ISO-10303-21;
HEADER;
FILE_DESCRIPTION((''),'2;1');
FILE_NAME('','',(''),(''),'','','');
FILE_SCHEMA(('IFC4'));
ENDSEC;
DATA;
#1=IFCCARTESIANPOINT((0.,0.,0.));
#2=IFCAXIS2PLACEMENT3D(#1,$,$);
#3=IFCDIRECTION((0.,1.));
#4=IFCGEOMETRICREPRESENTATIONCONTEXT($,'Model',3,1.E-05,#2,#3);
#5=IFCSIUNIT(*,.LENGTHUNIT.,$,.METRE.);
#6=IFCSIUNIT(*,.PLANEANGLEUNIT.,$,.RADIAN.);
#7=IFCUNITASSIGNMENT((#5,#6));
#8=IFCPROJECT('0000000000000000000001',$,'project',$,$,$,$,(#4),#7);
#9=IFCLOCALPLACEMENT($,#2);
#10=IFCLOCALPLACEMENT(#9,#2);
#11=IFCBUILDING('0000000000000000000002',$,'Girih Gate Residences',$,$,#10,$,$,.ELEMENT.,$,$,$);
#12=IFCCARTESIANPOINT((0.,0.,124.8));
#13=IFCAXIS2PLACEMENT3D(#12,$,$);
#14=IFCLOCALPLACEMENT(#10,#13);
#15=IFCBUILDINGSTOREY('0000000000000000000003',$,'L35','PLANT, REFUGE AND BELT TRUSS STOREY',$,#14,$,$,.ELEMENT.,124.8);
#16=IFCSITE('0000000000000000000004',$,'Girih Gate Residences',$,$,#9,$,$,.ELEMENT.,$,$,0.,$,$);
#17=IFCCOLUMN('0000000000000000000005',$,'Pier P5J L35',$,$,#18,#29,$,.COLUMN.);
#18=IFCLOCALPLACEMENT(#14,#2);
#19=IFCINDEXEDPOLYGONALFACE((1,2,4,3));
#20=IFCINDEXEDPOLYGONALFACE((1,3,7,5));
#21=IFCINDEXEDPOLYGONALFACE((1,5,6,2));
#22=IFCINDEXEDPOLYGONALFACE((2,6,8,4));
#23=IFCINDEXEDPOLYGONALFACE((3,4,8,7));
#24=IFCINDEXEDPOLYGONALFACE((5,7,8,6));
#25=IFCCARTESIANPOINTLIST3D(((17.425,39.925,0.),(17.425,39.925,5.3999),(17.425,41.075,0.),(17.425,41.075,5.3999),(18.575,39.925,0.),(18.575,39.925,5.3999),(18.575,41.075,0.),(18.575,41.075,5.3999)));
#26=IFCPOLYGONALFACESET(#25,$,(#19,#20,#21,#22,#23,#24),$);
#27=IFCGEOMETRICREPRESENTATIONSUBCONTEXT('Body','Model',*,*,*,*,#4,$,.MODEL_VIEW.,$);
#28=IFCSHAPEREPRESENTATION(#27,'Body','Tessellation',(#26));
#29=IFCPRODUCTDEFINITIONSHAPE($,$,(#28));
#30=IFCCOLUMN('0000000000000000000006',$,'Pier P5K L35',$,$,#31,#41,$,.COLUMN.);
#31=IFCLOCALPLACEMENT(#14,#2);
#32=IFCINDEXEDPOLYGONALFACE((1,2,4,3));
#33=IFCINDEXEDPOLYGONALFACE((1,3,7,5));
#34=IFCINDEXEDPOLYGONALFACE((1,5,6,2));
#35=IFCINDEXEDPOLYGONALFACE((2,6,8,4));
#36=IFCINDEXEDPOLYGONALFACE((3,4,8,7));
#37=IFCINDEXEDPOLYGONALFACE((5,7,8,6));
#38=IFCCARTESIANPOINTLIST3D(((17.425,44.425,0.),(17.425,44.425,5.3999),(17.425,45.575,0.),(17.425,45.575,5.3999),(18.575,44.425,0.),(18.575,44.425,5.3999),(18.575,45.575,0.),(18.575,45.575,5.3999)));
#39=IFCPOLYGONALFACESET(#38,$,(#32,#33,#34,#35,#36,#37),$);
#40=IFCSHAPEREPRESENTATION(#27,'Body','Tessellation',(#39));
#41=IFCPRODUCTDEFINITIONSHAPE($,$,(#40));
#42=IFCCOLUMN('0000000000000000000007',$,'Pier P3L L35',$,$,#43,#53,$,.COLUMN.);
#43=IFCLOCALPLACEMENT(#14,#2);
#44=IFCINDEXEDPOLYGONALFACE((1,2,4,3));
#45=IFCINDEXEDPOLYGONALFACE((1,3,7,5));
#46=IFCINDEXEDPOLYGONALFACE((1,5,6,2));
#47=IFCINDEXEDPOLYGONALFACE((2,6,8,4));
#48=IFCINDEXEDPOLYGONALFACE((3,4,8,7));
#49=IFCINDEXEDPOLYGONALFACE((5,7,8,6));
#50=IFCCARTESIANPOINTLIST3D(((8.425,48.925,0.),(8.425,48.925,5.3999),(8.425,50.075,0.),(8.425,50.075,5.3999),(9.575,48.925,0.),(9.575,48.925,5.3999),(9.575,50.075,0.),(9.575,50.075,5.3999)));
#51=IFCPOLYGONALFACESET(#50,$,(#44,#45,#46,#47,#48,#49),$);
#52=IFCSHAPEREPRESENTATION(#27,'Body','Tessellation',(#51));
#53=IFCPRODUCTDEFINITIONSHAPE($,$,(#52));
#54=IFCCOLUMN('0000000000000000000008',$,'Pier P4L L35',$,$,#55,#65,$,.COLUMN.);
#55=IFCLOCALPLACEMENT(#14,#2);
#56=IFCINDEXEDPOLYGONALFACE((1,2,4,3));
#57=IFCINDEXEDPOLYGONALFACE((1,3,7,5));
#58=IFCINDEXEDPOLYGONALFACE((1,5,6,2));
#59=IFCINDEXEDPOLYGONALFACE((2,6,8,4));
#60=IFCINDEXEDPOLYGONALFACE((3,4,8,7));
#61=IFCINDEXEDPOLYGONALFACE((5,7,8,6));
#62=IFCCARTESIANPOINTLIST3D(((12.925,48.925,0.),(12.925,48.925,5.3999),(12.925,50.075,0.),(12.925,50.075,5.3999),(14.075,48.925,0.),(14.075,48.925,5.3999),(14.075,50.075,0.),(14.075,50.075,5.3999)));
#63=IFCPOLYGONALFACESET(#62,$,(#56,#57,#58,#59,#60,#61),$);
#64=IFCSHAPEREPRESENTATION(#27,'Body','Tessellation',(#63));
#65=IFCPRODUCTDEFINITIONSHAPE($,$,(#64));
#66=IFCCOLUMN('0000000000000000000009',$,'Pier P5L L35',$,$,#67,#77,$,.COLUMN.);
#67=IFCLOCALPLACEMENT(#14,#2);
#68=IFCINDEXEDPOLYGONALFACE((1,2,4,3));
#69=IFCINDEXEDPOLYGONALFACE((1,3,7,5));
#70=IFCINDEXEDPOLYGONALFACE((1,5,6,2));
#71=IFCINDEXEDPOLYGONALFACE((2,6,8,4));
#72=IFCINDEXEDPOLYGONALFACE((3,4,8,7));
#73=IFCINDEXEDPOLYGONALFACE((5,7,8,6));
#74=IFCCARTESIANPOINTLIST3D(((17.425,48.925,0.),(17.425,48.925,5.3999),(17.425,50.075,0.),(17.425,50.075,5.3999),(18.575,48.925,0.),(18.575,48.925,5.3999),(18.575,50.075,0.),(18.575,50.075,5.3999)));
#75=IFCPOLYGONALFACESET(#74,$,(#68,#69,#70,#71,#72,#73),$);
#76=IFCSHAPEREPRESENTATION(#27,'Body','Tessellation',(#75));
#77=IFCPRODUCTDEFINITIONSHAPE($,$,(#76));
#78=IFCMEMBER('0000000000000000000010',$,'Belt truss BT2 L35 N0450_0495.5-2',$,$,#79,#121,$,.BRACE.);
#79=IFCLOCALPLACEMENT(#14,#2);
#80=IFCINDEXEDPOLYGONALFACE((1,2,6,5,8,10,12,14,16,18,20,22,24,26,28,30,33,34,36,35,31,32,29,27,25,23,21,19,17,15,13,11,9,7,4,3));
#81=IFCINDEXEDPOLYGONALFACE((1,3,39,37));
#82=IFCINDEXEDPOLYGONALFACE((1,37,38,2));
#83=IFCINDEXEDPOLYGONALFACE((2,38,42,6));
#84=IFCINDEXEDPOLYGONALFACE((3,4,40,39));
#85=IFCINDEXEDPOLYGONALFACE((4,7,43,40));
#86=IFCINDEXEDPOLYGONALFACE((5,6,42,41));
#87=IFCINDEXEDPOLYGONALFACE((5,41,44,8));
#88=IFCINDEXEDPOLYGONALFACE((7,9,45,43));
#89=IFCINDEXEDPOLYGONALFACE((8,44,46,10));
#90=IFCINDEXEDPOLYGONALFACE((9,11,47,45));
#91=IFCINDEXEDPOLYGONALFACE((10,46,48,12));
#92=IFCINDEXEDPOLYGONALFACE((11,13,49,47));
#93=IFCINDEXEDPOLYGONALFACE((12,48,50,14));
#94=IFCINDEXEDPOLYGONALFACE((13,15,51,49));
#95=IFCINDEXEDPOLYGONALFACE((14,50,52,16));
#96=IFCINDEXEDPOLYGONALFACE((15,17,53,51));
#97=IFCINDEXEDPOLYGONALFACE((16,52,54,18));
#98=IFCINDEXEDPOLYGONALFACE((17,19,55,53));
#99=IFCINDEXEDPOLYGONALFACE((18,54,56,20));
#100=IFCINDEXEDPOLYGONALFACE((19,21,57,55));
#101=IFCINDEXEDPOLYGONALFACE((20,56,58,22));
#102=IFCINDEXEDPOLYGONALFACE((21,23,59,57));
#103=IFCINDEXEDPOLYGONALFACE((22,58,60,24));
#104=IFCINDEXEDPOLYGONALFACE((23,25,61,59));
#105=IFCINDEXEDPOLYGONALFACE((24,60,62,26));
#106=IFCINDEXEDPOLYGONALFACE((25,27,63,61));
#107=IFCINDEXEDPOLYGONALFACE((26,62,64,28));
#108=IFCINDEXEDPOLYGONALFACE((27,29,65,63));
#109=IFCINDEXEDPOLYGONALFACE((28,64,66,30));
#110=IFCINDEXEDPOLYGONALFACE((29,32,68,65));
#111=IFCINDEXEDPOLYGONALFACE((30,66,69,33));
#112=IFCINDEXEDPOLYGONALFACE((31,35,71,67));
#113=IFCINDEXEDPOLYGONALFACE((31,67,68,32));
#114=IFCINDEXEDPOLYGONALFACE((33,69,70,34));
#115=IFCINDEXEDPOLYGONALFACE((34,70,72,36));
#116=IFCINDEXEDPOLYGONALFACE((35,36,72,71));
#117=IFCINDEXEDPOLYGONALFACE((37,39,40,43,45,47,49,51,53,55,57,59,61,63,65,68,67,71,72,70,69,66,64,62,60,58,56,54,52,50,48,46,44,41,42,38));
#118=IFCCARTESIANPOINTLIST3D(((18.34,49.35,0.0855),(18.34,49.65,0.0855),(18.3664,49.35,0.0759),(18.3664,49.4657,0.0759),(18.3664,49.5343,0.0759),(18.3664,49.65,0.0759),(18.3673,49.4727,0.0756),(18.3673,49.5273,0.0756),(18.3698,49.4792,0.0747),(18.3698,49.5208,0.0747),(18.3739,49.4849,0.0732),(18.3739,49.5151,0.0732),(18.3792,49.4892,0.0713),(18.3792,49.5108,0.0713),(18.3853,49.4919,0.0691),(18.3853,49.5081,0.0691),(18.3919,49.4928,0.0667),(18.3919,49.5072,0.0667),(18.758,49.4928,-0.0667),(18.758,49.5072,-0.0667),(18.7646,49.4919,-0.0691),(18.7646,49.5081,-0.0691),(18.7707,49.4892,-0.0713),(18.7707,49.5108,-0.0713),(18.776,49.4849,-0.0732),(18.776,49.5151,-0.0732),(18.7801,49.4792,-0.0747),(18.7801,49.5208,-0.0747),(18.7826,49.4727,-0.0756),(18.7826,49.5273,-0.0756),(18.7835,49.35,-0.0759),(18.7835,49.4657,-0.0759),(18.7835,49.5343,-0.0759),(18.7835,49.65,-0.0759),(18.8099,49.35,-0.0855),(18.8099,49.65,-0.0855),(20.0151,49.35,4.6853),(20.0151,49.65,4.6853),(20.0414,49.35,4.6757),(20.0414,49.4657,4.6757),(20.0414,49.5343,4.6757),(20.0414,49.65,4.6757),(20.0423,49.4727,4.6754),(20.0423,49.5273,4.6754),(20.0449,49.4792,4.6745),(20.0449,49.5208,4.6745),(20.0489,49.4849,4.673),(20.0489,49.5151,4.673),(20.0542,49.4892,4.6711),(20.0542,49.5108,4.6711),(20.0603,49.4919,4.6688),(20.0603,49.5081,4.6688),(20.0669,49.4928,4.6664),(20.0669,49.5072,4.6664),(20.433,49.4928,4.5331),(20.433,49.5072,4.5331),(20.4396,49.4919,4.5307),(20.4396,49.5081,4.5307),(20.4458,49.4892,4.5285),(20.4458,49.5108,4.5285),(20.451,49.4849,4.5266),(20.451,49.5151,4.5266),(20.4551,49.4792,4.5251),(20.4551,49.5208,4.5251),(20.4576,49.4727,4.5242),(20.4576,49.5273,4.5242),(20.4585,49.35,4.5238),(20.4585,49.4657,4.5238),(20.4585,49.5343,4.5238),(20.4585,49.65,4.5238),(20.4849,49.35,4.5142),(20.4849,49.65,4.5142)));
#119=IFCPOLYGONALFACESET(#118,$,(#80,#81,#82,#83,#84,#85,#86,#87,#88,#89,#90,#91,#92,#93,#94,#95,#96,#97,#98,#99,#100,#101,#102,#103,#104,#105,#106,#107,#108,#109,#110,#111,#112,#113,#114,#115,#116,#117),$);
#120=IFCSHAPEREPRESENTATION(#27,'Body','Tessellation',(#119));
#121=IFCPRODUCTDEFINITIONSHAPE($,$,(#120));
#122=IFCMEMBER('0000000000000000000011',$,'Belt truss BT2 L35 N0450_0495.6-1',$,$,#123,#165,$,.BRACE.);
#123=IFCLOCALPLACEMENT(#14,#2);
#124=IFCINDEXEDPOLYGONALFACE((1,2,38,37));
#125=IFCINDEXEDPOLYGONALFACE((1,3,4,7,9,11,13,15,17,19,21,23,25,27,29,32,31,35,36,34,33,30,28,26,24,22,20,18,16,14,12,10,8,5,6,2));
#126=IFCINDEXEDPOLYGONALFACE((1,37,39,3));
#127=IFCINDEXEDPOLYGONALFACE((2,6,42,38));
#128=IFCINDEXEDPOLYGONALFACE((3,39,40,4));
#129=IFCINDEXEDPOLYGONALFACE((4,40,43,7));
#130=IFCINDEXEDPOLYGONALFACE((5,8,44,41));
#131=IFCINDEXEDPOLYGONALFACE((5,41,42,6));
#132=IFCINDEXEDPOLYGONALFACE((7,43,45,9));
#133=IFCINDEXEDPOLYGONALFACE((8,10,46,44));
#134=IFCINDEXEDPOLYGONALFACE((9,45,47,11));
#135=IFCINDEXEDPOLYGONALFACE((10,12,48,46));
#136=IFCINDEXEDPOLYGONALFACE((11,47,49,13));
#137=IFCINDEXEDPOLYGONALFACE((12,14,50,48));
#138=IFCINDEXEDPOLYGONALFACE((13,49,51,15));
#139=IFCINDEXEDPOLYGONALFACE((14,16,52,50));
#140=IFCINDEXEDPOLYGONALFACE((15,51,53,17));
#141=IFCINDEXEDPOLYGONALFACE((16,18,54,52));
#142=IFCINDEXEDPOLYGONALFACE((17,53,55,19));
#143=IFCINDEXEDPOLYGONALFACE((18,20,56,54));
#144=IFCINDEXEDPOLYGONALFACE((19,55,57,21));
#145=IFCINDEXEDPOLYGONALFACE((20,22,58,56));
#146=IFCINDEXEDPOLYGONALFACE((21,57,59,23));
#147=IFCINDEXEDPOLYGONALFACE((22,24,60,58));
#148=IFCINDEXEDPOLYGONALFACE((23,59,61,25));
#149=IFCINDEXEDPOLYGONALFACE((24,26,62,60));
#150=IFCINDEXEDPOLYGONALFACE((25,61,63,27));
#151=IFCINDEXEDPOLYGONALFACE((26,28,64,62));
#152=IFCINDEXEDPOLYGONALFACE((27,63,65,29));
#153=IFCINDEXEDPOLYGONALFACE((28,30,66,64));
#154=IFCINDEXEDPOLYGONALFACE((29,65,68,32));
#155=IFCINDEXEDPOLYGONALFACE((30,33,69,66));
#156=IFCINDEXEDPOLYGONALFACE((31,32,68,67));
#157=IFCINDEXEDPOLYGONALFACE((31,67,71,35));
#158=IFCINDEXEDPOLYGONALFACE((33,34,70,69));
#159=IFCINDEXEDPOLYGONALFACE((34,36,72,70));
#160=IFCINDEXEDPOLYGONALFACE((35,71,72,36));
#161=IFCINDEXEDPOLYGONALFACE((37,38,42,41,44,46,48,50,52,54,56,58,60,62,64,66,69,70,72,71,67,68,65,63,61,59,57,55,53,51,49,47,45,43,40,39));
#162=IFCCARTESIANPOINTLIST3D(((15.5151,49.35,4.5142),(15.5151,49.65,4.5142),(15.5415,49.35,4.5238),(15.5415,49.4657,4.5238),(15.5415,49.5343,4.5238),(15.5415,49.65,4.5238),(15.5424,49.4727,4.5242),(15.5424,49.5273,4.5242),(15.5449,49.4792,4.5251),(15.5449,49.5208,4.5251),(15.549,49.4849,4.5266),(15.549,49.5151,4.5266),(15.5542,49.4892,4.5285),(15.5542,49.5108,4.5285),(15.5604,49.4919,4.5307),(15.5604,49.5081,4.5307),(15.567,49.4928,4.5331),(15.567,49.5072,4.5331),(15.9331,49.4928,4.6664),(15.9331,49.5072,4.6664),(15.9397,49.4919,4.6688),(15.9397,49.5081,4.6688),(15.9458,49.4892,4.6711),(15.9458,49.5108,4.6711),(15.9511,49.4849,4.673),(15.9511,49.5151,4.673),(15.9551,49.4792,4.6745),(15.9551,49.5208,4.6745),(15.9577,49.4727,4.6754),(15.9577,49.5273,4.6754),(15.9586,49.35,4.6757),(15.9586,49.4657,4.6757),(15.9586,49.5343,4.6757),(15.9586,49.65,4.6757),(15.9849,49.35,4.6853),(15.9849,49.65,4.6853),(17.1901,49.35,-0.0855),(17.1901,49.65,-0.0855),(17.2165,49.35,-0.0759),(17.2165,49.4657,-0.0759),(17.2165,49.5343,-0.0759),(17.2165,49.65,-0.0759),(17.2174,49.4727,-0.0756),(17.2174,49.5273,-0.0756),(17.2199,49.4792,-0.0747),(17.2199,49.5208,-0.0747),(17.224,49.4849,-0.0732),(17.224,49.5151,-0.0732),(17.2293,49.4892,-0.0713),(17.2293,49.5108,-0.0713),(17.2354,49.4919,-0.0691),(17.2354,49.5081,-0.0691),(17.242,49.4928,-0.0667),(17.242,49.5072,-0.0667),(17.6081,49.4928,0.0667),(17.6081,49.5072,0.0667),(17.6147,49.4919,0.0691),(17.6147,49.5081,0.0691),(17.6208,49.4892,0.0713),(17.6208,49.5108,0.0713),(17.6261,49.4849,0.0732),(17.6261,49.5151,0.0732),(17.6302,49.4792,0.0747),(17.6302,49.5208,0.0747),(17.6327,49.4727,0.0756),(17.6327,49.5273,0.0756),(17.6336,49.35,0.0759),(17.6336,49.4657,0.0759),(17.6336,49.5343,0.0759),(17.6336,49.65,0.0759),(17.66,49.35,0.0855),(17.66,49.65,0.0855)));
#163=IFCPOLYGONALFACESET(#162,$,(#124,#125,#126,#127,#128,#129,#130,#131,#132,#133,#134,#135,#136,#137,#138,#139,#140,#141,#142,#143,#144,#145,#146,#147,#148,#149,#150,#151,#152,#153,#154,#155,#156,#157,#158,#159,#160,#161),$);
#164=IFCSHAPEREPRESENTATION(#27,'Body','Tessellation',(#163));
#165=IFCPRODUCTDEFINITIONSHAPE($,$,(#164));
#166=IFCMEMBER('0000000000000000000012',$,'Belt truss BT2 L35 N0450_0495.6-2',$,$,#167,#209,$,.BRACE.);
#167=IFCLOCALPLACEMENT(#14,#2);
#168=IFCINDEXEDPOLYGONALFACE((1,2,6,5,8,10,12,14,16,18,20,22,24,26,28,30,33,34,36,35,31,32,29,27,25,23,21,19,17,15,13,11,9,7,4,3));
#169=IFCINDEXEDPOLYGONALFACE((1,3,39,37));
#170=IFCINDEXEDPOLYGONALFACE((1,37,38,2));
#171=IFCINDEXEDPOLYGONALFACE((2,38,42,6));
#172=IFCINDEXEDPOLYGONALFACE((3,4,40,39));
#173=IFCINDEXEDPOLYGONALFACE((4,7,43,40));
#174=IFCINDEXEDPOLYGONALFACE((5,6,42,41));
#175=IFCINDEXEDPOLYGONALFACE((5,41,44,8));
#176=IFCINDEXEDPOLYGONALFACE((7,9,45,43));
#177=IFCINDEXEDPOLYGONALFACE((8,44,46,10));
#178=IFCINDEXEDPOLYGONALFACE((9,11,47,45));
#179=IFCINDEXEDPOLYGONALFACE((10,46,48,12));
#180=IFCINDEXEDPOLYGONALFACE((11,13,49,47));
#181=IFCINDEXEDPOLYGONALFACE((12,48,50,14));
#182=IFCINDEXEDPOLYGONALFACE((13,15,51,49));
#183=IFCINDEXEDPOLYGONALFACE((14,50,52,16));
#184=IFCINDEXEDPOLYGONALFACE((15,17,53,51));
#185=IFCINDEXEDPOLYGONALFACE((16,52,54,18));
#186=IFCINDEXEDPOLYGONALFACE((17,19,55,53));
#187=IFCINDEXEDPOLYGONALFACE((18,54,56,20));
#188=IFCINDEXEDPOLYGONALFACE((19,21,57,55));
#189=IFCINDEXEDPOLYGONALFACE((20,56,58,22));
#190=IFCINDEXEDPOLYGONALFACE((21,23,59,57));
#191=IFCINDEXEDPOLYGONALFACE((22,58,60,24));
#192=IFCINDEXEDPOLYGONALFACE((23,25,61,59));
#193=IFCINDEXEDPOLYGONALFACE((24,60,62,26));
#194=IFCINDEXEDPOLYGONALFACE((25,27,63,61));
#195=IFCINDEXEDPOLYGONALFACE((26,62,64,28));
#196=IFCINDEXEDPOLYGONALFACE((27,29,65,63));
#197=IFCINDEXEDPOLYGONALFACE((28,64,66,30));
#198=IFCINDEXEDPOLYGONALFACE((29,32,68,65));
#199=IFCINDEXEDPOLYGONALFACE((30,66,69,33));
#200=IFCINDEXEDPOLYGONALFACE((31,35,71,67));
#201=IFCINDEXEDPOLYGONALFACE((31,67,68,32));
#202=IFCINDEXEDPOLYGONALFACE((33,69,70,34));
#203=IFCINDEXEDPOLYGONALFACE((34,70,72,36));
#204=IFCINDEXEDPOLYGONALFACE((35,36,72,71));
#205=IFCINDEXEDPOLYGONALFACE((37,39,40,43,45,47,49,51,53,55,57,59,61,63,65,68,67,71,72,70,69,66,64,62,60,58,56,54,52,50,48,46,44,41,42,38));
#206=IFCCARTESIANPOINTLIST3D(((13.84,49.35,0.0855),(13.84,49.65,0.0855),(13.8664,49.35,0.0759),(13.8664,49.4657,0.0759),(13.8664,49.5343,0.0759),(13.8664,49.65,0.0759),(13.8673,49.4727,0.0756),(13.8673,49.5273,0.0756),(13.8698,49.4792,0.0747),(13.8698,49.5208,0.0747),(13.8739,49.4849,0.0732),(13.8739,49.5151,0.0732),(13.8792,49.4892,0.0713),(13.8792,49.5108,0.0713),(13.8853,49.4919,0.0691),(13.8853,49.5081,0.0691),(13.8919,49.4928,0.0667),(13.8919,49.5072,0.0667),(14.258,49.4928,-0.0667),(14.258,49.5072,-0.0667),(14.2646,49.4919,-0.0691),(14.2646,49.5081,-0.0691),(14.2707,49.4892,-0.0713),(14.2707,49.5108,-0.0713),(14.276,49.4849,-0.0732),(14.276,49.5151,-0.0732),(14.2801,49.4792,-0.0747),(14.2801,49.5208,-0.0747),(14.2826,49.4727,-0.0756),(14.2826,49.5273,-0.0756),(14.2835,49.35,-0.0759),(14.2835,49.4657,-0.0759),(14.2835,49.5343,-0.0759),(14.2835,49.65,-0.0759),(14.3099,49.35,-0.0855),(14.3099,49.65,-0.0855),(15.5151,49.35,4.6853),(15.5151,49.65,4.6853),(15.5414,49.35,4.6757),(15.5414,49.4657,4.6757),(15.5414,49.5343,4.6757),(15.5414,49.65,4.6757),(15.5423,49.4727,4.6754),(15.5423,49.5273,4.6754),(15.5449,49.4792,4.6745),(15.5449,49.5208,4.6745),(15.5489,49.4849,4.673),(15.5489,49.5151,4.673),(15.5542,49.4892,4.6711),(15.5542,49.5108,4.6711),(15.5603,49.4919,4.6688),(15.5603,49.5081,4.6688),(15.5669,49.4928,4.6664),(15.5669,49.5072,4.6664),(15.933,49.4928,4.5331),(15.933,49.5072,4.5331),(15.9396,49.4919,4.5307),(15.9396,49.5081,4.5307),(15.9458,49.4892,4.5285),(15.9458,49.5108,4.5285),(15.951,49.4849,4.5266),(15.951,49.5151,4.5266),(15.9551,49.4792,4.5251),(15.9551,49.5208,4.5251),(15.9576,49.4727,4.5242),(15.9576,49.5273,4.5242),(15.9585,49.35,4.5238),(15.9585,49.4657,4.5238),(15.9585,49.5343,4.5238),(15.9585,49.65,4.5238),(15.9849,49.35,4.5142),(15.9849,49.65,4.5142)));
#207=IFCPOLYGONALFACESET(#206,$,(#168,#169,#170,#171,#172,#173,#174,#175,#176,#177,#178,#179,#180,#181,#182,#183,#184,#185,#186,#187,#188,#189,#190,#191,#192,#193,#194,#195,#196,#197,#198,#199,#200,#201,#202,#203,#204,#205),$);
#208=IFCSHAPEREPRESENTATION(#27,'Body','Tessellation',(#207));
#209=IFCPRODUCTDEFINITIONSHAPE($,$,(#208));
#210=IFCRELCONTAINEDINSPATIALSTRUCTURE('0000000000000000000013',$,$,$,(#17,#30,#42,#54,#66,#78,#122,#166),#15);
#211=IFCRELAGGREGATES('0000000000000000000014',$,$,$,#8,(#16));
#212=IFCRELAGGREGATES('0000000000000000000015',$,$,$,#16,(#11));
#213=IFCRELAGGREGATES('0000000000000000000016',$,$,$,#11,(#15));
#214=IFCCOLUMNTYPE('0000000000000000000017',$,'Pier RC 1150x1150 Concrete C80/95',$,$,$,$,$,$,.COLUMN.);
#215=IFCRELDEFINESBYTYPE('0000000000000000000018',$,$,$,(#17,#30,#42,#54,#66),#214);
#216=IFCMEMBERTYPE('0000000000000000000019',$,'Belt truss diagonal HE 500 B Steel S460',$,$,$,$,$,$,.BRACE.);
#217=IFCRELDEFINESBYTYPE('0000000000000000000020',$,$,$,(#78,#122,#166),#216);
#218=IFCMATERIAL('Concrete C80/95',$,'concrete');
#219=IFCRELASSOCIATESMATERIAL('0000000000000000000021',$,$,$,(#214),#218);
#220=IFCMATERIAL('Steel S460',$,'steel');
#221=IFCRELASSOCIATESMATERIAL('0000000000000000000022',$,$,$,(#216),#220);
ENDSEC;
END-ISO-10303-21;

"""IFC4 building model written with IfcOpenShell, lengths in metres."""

from ifc_helpers import new_model, si_unit, direction, frame, origin, origin_2d, place, context, subcontext, project, spatial, rectangle, i_section, extrude, material, material_profile, profile_set, type_object, element, save


model = new_model("IFC4")

# Units and contexts
model_context = context("Model", 3, precision=1e-05, world=origin(), true_north=direction((0.0, 1.0)))
body_context = subcontext(model_context, "Body", "Model", "MODEL_VIEW")
ifc_project = project(units=[si_unit("LENGTHUNIT", "METRE"), si_unit("PLANEANGLEUNIT", "RADIAN")], contexts=[model_context])

# Site, building, storey
site_placement = place(None, origin())
site = spatial("IfcSite", under=ifc_project, at=site_placement, Name="Girih Gate Residences", CompositionType="ELEMENT", RefElevation=0.0)
building_placement = place(site_placement, origin())
building = spatial("IfcBuilding", under=site, at=building_placement, Name="Girih Gate Residences", CompositionType="ELEMENT")
storey_placement = place(building_placement, frame((0.0, 0.0, 124.8)))
storey = spatial("IfcBuildingStorey", under=building, at=storey_placement, Name="L35", Description="PLANT, REFUGE AND BELT TRUSS STOREY", CompositionType="ELEMENT", Elevation=124.8)

# Columns
ifc_material_1 = material(Name="Concrete C80/95", Category="concrete")
ifc_material_profile_1 = material_profile(ifc_material_1, rectangle(XDim=1.1499, YDim=1.1499, at=origin_2d()))
ifc_profile_set_1 = profile_set([ifc_material_profile_1], Name="Concrete C80/95")
column_type = type_object("IfcColumnType", Name="Pier RC 1150x1150 Concrete C80/95", PredefinedType="COLUMN", material=ifc_profile_set_1)
for number, where, z_axis, x_axis, name in (
    (1, (18.0, 40.5, 0.0), (0.0, 0.0, 1.0), (1.0, 0.0, 0.0), "Pier P5J L35"),
    (2, (18.0, 45.0, 0.0), (0.0, 0.0, 1.0), (1.0, 0.0, 0.0), "Pier P5K L35"),
    (3, (9.0, 49.5, 0.0), (0.0, 0.0, 1.0), (1.0, 0.0, 0.0), "Pier P3L L35"),
    (4, (13.5, 49.5, 0.0), (0.0, 0.0, 1.0), (1.0, 0.0, 0.0), "Pier P4L L35"),
    (5, (18.0, 49.5, 0.0), (0.0, 0.0, 1.0), (1.0, 0.0, 0.0), "Pier P5L L35"),
):
    element("IfcColumn", number, at=place(storey_placement, frame(where, z_axis=z_axis, x_axis=x_axis)), inside=storey, type_object=column_type, Name=name, PredefinedType="COLUMN", context=body_context, shape_type="SweptSolid", body=[
        extrude(rectangle(XDim=1.1499, YDim=1.1499, at=origin_2d()), origin(), (0.0, 0.0, 1.0), 5.3999),
    ])

# Members
ifc_material_2 = material(Name="Steel S460", Category="steel")
ifc_material_profile_2 = material_profile(ifc_material_2, i_section(OverallWidth=0.3, OverallDepth=0.5, WebThickness=0.0144, FlangeThickness=0.0281, FilletRadius=0.0271, at=origin_2d()))
ifc_profile_set_2 = profile_set([ifc_material_profile_2], Name="Steel S460")
member_type = type_object("IfcMemberType", Name="Belt truss diagonal HE 500 B Steel S460", PredefinedType="BRACE", material=ifc_profile_set_2)
for number, where, z_axis, x_axis, name in (
    (6, (18.575, 49.5, 0.0), (0.342171, 0.0, 0.939638), (0.0, 1.0, 0.0), "Belt truss BT2 L35 N0450_0495.5-2"),
    (7, (17.425, 49.5, 0.0), (-0.342171, 0.0, 0.939638), (0.0, -1.0, 0.0), "Belt truss BT2 L35 N0450_0495.6-1"),
    (8, (14.075, 49.5, 0.0), (0.342171, 0.0, 0.939638), (0.0, 1.0, 0.0), "Belt truss BT2 L35 N0450_0495.6-2"),
):
    element("IfcMember", number, at=place(storey_placement, frame(where, z_axis=z_axis, x_axis=x_axis)), inside=storey, type_object=member_type, Name=name, PredefinedType="BRACE", context=body_context, shape_type="SweptSolid", body=[
        extrude(i_section(OverallWidth=0.3, OverallDepth=0.5, WebThickness=0.0144, FlangeThickness=0.0281, FilletRadius=0.0271, at=origin_2d()), origin(), (0.0, 0.0, 1.0), 4.8953),
    ])

save(model, "model.ifc")
